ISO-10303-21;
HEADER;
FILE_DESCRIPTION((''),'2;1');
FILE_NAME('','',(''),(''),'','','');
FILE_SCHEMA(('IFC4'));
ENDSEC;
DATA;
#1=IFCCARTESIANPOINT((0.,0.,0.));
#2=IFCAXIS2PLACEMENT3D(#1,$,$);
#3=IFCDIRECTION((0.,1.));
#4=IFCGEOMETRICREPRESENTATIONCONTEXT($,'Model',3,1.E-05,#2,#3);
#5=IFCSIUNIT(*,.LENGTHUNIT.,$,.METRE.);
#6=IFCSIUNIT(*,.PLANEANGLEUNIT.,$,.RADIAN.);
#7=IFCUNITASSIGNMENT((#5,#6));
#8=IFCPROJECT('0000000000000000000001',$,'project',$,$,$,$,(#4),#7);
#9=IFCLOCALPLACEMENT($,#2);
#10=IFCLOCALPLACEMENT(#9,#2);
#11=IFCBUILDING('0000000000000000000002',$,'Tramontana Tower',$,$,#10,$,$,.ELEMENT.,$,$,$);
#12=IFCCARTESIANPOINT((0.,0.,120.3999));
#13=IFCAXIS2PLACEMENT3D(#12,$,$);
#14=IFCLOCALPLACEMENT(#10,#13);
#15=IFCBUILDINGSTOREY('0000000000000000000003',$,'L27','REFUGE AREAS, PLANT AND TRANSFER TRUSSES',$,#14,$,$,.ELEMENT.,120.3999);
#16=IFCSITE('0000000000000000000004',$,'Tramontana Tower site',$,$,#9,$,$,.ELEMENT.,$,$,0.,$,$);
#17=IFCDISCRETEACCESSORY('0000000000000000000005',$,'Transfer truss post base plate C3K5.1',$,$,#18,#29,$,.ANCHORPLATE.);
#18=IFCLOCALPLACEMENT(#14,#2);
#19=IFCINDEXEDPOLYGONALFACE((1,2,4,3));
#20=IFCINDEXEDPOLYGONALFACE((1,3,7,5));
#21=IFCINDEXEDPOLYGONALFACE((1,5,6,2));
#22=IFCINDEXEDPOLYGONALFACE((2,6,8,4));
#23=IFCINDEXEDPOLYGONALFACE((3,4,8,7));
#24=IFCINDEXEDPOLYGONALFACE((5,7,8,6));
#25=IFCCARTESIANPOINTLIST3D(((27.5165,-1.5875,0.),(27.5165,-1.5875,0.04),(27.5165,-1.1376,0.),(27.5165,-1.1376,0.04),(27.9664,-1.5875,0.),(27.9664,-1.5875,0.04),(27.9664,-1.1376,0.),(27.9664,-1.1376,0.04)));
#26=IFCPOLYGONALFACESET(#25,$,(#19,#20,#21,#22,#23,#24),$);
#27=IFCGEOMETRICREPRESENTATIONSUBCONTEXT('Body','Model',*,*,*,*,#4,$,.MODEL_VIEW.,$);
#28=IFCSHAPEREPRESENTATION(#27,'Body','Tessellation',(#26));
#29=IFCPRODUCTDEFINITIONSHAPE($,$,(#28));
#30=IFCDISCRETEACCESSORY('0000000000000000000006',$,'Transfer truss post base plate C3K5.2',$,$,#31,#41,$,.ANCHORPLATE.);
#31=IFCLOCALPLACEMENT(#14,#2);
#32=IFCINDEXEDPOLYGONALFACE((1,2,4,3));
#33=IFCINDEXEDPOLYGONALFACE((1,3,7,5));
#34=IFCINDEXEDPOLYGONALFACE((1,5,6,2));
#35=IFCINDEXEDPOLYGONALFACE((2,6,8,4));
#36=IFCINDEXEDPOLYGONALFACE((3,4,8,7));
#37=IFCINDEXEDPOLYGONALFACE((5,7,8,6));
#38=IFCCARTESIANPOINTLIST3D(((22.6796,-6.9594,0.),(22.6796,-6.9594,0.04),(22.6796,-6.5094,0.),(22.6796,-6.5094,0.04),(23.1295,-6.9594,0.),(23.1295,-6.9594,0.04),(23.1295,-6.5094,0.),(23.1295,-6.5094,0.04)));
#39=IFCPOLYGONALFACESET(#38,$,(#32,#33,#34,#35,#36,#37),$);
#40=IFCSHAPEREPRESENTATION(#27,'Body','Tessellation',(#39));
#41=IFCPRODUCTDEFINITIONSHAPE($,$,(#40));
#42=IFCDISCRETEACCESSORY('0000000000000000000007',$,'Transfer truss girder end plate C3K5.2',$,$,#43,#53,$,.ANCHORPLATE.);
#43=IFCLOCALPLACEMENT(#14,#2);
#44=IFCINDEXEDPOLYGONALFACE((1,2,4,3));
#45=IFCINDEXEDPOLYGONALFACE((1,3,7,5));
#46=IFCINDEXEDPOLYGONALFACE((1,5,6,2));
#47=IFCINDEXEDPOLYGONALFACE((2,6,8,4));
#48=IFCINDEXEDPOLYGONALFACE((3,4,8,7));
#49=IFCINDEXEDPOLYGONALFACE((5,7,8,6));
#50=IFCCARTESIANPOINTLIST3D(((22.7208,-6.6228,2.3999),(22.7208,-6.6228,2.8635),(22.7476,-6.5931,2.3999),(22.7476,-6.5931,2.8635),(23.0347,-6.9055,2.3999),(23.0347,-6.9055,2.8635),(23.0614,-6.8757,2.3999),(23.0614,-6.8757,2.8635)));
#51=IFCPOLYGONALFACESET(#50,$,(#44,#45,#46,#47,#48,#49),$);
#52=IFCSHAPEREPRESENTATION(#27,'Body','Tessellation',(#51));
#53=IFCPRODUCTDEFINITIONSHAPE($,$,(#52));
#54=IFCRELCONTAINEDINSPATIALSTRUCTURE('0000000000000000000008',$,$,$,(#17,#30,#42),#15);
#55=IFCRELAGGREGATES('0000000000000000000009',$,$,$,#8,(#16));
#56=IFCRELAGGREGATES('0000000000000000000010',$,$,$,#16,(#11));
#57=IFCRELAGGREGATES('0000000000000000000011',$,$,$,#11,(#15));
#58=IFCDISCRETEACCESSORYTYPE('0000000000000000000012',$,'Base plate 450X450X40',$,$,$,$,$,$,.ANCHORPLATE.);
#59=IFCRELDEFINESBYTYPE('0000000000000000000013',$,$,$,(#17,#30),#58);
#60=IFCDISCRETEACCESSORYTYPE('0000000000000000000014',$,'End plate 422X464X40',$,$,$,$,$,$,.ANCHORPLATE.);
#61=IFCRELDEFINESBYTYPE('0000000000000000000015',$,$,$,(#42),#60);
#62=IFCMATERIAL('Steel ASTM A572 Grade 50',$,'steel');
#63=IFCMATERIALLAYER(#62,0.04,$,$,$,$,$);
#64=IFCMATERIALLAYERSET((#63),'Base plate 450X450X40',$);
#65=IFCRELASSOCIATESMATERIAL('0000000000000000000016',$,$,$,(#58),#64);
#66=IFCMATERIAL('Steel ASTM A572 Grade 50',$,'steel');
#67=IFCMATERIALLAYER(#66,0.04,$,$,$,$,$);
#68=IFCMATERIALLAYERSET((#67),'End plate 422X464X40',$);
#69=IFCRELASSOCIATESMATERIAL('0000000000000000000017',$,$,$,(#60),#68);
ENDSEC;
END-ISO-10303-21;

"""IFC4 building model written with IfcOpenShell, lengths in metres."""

from ifc_helpers import new_model, si_unit, direction, frame, origin, origin_2d, place, context, subcontext, project, spatial, rectangle, extrude, material, layer, layer_set, type_object, element, save


model = new_model("IFC4")

# Units and contexts
model_context = context("Model", 3, precision=1e-05, world=origin(), true_north=direction((0.0, 1.0)))
body_context = subcontext(model_context, "Body", "Model", "MODEL_VIEW")
ifc_project = project(units=[si_unit("LENGTHUNIT", "METRE"), si_unit("PLANEANGLEUNIT", "RADIAN")], contexts=[model_context])

# Site, building, storey
site_placement = place(None, origin())
site = spatial("IfcSite", under=ifc_project, at=site_placement, Name="Tramontana Tower site", CompositionType="ELEMENT", RefElevation=0.0)
building_placement = place(site_placement, origin())
building = spatial("IfcBuilding", under=site, at=building_placement, Name="Tramontana Tower", CompositionType="ELEMENT")
storey_placement = place(building_placement, frame((0.0, 0.0, 120.3999)))
storey = spatial("IfcBuildingStorey", under=building, at=storey_placement, Name="L27", Description="REFUGE AREAS, PLANT AND TRANSFER TRUSSES", CompositionType="ELEMENT", Elevation=120.3999)

# Discrete accessories
ifc_material_1 = material(Name="Steel ASTM A572 Grade 50", Category="steel")
ifc_layer_1 = layer(ifc_material_1, 0.04)
ifc_layer_set_1 = layer_set([ifc_layer_1], Name="Base plate 450X450X40")
discrete_accessory_type_1 = type_object("IfcDiscreteAccessoryType", Name="Base plate 450X450X40", PredefinedType="ANCHORPLATE", material=ifc_layer_set_1)
for number, where, z_axis, x_axis, name in (
    (1, (27.7415, -1.3625, 0.0), (0.0, 0.0, 1.0), (1.0, 0.0, 0.0), "Transfer truss post base plate C3K5.1"),
    (2, (22.9045, -6.7344, 0.0), (0.0, 0.0, 1.0), (1.0, 0.0, 0.0), "Transfer truss post base plate C3K5.2"),
):
    element("IfcDiscreteAccessory", number, at=place(storey_placement, frame(where, z_axis=z_axis, x_axis=x_axis)), inside=storey, type_object=discrete_accessory_type_1, Name=name, PredefinedType="ANCHORPLATE", context=body_context, shape_type="SweptSolid", body=[
        extrude(rectangle(XDim=0.45, YDim=0.45, at=origin_2d()), origin(), (0.0, 0.0, 1.0), 0.04),
    ])
ifc_material_2 = material(Name="Steel ASTM A572 Grade 50", Category="steel")
ifc_layer_2 = layer(ifc_material_2, 0.04)
ifc_layer_set_2 = layer_set([ifc_layer_2], Name="End plate 422X464X40")
discrete_accessory_type_2 = type_object("IfcDiscreteAccessoryType", Name="End plate 422X464X40", PredefinedType="ANCHORPLATE", material=ifc_layer_set_2)
discrete_accessory_placement = place(storey_placement, frame((22.8911, -6.7493, 2.3999), z_axis=(0.0, 0.0, 1.0), x_axis=(-0.743145, 0.669131, 0.0)))
element("IfcDiscreteAccessory", 3, at=discrete_accessory_placement, inside=storey, type_object=discrete_accessory_type_2, Name="Transfer truss girder end plate C3K5.2", PredefinedType="ANCHORPLATE", context=body_context, shape_type="SweptSolid", body=[
    extrude(rectangle(XDim=0.4224, YDim=0.04, at=origin_2d()), origin(), (0.0, 0.0, 1.0), 0.4636),
])

save(model, "model.ifc")
